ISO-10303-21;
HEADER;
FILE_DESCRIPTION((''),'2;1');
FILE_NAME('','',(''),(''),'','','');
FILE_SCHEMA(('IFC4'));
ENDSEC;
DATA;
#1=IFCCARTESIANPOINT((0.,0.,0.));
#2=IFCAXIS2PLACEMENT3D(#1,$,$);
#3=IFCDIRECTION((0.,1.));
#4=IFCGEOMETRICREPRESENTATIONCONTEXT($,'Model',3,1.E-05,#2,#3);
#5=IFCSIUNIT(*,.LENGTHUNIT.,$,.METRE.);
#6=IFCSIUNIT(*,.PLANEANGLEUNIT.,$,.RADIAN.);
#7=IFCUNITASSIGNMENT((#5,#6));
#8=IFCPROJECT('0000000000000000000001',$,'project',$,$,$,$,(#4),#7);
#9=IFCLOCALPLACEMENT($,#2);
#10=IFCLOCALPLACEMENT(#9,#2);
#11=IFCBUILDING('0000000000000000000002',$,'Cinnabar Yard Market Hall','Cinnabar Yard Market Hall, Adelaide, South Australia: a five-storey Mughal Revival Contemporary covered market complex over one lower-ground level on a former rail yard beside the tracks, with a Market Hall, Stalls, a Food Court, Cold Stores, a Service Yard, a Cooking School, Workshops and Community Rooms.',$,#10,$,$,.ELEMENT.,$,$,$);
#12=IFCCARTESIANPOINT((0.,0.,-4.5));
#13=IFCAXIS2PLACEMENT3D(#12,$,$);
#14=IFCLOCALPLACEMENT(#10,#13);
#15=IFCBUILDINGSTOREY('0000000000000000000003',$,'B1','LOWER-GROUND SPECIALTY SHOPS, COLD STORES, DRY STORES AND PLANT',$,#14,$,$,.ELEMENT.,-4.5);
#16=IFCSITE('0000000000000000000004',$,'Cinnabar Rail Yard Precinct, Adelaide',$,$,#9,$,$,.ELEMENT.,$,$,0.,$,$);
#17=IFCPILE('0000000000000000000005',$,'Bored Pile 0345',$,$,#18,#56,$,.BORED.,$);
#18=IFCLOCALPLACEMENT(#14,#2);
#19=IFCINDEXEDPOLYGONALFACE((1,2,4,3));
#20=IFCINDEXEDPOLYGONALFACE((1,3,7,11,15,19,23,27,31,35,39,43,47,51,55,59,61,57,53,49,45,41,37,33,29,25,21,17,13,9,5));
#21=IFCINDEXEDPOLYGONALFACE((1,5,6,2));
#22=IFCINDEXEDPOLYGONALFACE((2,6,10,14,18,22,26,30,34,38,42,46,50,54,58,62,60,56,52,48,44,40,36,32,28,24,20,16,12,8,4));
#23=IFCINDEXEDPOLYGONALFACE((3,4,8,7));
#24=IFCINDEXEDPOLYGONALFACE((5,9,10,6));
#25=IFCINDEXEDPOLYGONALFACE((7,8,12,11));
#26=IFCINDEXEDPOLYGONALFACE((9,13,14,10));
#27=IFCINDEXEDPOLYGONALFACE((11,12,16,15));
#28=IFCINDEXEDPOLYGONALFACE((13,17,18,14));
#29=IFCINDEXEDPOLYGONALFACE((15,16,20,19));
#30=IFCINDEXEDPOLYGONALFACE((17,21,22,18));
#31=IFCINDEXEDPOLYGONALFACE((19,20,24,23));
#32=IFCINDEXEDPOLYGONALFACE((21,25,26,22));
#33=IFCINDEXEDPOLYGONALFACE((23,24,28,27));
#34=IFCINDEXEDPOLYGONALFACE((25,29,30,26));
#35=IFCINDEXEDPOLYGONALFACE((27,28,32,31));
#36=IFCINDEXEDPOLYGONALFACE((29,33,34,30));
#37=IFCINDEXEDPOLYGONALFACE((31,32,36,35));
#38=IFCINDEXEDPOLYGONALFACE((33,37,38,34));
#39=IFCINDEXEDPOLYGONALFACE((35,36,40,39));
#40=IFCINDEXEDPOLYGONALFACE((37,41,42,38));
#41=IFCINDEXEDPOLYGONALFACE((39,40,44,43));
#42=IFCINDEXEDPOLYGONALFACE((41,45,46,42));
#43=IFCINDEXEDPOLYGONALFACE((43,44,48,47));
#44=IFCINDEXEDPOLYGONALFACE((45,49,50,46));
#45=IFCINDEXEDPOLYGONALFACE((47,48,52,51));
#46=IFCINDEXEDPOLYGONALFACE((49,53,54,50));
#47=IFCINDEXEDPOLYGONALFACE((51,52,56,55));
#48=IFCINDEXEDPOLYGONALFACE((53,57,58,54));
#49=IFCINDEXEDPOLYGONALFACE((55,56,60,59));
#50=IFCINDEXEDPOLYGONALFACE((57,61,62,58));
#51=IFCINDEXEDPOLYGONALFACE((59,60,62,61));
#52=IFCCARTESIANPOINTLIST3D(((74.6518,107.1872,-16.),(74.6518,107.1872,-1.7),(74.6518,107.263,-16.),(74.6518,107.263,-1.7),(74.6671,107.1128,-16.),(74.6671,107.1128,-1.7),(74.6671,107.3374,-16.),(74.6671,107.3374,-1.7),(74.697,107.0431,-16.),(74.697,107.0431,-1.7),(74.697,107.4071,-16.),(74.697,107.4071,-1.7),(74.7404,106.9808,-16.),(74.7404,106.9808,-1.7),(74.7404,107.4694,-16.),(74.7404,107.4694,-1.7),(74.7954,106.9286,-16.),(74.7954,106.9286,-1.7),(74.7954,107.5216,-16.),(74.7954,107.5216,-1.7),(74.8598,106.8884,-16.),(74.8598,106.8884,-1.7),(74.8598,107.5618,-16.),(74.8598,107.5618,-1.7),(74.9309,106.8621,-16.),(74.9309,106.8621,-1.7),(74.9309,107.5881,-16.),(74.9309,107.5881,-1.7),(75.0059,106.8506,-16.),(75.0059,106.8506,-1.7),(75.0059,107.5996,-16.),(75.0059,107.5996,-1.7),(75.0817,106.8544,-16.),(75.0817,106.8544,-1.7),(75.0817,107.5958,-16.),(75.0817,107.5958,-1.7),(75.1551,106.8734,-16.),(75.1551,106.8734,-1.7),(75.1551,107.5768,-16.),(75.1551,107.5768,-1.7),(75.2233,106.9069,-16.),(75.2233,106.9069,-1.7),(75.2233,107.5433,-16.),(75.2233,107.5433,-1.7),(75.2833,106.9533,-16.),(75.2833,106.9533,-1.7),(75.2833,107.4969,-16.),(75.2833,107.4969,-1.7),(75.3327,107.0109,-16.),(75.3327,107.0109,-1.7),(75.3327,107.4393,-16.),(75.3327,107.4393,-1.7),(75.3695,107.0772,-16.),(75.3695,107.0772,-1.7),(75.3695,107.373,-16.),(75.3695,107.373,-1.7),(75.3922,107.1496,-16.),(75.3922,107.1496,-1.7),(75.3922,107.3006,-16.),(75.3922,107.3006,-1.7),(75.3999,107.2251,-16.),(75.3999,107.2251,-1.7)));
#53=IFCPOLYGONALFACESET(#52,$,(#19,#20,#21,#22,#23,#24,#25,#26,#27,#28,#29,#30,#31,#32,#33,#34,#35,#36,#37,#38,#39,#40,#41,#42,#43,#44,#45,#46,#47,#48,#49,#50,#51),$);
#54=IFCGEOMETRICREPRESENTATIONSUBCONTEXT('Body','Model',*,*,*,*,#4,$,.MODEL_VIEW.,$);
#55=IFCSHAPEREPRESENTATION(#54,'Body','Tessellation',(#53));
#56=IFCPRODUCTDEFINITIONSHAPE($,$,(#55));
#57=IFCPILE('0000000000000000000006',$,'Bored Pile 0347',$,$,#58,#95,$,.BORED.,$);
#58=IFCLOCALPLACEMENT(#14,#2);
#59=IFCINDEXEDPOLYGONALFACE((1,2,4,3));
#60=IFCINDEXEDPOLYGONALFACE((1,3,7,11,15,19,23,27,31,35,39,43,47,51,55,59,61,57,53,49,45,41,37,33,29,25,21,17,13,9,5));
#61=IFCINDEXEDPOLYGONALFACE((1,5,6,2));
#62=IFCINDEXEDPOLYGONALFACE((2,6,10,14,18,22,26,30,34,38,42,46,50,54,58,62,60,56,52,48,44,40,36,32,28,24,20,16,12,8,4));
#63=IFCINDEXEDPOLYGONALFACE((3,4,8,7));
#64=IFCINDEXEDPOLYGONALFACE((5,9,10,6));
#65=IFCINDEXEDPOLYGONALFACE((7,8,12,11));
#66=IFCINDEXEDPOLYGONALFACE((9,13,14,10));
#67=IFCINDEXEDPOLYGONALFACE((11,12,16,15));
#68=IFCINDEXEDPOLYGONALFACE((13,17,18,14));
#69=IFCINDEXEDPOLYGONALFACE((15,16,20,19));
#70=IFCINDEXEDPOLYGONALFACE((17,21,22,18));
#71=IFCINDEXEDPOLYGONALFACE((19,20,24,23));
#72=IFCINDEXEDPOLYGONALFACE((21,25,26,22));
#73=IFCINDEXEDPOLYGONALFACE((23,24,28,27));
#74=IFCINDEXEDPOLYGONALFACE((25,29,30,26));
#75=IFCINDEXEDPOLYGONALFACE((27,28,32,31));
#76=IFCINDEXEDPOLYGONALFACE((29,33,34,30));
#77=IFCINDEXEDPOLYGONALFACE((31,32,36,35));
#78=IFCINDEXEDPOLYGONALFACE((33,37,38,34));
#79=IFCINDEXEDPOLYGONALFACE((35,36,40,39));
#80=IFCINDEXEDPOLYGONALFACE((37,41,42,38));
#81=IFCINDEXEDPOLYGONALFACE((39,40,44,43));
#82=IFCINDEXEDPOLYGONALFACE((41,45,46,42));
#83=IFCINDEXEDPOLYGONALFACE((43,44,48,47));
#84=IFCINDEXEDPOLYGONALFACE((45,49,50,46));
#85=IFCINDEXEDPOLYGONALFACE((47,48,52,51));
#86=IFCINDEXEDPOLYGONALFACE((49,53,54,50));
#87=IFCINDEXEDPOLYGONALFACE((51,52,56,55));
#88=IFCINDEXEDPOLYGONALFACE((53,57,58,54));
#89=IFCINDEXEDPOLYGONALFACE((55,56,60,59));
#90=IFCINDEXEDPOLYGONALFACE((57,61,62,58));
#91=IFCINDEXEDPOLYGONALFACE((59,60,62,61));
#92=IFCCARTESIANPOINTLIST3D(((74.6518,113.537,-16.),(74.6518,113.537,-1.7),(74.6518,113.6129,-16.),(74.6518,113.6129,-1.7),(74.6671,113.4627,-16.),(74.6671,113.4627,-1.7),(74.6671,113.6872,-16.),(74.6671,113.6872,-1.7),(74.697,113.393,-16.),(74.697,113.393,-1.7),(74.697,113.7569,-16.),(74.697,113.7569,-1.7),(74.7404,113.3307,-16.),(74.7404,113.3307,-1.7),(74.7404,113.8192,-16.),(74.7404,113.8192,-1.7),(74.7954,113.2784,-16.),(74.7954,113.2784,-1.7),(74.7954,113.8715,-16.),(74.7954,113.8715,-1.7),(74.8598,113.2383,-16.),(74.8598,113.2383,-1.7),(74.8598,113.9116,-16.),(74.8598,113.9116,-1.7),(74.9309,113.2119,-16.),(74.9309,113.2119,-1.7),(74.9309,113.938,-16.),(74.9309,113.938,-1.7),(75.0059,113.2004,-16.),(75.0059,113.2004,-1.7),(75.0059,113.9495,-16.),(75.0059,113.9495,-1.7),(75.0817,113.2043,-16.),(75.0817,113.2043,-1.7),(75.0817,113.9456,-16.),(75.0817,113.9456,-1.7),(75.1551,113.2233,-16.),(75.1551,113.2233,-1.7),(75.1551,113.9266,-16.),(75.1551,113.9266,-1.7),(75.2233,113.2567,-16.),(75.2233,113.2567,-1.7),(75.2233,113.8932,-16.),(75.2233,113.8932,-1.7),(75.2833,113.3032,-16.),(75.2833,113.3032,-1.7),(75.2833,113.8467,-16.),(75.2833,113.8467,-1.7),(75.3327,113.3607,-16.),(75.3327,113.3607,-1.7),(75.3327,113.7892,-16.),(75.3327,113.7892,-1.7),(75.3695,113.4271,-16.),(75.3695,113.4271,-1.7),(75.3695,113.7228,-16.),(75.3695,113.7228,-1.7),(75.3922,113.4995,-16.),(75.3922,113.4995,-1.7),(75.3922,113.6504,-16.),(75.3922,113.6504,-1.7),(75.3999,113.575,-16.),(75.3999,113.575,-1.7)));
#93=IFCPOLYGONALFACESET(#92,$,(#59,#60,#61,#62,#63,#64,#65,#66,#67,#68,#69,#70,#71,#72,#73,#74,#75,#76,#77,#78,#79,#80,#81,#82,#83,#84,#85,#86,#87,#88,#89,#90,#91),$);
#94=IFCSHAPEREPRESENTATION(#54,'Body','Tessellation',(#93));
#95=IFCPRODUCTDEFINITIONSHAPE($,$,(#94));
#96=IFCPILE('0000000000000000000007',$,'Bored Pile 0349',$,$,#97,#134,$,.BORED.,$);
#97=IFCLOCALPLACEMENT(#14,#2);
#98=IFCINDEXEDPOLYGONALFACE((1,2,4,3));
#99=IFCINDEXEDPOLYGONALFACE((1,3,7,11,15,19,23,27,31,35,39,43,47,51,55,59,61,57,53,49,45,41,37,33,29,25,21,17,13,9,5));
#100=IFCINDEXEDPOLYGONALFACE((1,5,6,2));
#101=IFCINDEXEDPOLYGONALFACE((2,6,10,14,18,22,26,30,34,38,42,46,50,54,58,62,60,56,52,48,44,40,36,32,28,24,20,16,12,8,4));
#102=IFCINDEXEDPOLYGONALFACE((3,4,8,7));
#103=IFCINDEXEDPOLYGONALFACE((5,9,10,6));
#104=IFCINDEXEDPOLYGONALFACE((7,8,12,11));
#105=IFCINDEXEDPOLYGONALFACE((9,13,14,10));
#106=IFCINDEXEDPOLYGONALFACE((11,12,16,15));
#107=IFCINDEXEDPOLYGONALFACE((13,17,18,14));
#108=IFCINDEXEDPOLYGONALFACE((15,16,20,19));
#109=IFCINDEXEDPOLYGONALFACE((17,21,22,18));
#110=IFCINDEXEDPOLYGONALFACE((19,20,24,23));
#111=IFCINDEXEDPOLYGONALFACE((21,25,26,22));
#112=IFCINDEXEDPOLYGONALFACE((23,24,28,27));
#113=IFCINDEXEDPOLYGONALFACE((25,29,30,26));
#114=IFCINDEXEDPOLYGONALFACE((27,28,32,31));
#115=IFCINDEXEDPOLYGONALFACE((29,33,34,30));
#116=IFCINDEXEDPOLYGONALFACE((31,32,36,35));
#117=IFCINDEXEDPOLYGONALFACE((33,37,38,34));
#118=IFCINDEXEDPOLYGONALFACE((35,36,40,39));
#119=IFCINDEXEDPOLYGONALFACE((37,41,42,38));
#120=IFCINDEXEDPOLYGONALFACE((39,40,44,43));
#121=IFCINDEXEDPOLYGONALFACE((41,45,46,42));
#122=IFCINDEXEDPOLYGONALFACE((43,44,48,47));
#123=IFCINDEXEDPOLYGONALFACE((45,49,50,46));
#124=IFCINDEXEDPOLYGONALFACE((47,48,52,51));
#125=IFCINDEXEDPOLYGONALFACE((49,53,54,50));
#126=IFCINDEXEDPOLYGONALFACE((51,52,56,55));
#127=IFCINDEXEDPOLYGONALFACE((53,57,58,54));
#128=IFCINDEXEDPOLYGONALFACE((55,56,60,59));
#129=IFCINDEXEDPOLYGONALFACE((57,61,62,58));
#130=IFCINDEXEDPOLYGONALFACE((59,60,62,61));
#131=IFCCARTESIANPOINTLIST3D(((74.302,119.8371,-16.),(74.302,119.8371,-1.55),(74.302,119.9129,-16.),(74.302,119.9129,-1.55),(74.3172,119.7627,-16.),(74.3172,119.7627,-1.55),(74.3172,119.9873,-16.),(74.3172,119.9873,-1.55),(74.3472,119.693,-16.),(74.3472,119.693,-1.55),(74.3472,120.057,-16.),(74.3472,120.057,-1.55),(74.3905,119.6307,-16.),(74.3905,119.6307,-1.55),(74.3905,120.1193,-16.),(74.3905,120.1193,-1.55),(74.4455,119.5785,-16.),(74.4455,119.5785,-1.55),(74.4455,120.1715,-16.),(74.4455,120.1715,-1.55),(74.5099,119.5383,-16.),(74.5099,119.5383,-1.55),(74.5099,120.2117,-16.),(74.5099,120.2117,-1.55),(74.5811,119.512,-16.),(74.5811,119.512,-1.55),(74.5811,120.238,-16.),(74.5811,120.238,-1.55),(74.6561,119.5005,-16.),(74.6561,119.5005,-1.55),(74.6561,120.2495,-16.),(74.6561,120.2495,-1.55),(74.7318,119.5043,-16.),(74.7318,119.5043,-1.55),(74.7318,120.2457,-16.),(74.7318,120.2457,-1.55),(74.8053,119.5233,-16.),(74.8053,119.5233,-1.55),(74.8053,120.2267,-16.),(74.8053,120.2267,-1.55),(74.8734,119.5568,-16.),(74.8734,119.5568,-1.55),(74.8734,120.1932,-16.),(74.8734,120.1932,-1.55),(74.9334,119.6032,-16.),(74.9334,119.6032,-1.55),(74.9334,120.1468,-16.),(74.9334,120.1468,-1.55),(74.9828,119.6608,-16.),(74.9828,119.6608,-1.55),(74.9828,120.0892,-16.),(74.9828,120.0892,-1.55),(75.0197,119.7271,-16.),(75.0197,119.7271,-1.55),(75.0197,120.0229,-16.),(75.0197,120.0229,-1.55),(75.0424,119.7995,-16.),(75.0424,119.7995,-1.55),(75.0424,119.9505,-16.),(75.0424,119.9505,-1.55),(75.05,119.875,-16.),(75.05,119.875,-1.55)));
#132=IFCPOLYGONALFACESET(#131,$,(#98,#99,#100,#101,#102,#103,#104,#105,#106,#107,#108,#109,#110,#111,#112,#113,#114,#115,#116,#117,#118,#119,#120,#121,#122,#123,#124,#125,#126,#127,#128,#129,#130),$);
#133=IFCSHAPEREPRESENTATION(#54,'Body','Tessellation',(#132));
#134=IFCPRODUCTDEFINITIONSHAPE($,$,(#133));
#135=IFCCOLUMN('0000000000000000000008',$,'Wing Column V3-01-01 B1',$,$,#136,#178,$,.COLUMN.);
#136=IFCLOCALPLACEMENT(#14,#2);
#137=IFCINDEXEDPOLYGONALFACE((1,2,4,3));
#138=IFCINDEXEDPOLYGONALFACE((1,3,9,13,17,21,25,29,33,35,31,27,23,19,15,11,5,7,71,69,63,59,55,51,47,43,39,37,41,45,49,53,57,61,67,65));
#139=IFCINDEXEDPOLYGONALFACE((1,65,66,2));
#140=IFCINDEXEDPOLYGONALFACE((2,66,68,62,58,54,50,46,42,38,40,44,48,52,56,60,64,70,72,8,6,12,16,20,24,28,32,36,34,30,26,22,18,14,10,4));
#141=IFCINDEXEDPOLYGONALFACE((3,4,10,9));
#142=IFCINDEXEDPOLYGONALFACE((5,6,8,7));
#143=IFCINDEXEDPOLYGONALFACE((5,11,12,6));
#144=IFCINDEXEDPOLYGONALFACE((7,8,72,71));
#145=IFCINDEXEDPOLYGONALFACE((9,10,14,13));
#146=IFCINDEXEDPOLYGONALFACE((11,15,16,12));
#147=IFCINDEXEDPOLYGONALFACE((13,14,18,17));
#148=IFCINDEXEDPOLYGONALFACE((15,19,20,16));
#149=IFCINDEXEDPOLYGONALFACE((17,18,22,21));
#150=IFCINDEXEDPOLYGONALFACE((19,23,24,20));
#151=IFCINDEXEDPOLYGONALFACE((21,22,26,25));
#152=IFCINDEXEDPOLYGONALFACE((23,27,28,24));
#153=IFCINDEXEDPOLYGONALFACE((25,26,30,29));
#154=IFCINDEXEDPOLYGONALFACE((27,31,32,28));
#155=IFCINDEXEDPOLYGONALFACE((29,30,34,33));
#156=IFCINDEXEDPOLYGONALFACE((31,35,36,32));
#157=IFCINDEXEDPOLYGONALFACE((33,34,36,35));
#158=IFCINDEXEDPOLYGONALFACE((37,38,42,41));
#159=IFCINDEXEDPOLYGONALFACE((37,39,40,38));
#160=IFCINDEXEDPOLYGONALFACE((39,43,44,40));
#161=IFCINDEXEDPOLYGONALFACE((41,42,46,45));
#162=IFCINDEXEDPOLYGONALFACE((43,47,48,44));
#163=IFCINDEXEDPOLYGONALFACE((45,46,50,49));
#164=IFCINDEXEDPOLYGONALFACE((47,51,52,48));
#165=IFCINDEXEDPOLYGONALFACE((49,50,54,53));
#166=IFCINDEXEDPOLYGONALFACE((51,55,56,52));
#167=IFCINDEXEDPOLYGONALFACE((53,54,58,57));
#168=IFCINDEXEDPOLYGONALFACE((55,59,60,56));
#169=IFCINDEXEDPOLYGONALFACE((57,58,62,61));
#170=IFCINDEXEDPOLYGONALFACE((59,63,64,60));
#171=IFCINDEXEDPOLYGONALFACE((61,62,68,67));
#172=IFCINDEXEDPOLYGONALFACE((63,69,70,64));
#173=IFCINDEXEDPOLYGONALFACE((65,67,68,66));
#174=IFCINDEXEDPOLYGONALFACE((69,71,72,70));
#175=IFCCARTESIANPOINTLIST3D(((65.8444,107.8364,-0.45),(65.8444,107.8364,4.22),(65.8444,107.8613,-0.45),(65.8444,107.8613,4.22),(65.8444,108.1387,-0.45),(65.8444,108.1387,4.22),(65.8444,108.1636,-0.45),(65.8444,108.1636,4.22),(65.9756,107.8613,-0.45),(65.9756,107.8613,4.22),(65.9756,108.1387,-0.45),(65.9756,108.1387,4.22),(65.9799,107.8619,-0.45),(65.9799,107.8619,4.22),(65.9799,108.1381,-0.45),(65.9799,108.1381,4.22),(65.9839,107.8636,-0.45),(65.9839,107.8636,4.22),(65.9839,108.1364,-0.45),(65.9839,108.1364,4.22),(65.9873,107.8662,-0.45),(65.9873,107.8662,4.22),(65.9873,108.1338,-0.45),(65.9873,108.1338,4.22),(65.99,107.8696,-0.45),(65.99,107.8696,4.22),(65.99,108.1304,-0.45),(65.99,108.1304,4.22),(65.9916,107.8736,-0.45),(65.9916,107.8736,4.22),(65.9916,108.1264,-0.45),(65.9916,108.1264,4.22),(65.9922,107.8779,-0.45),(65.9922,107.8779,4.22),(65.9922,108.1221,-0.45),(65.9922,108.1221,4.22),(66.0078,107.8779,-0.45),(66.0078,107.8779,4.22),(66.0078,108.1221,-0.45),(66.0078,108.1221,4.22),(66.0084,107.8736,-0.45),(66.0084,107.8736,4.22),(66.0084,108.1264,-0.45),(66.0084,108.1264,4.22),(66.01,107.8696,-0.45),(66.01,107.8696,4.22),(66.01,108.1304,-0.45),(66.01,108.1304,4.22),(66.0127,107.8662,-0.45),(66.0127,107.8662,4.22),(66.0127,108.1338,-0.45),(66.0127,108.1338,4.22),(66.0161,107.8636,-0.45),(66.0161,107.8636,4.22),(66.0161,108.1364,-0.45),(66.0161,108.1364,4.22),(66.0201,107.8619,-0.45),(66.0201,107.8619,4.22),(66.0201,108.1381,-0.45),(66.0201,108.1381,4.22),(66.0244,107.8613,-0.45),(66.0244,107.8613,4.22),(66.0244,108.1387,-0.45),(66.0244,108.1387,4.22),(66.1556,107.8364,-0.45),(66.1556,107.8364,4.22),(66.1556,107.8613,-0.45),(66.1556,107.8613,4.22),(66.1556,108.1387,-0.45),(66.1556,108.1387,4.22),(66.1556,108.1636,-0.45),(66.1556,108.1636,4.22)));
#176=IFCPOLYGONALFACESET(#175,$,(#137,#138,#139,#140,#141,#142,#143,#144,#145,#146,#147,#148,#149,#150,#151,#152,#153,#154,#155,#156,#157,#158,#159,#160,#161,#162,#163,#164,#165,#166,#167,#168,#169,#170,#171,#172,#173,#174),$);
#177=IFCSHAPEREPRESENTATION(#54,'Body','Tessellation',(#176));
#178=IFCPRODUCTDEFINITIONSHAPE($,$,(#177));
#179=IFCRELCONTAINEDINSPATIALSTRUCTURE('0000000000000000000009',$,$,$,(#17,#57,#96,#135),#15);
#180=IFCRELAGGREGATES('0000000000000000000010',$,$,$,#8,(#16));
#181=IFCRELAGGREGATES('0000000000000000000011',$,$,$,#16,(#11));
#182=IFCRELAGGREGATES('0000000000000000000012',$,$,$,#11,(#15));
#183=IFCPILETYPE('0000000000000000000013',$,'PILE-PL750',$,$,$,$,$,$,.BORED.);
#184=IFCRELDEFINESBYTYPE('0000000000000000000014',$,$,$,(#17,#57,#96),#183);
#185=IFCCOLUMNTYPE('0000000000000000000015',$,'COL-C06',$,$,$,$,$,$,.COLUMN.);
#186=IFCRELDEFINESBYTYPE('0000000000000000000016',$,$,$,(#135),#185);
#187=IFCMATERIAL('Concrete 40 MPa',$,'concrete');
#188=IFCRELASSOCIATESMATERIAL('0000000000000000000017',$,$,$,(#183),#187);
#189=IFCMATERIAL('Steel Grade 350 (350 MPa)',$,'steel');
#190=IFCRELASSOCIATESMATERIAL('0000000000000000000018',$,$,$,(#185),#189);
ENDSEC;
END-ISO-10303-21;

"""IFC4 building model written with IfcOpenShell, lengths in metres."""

from ifc_helpers import new_model, si_unit, direction, frame, origin, origin_2d_with_axis, place, context, subcontext, project, spatial, circle, i_section, extrude, material, material_profile, profile_set, type_object, element, save


model = new_model("IFC4")

# Units and contexts
model_context = context("Model", 3, precision=1e-05, world=origin(), true_north=direction((0.0, 1.0)))
body_context = subcontext(model_context, "Body", "Model", "MODEL_VIEW")
ifc_project = project(units=[si_unit("LENGTHUNIT", "METRE"), si_unit("PLANEANGLEUNIT", "RADIAN")], contexts=[model_context])

# Site, building, storey
site_placement = place(None, origin())
site = spatial("IfcSite", under=ifc_project, at=site_placement, Name="Cinnabar Rail Yard Precinct, Adelaide", CompositionType="ELEMENT", RefElevation=0.0)
building_placement = place(site_placement, origin())
building = spatial("IfcBuilding", under=site, at=building_placement, Name="Cinnabar Yard Market Hall", Description="Cinnabar Yard Market Hall, Adelaide, South Australia: a five-storey Mughal Revival Contemporary covered market complex over one lower-ground level on a former rail yard beside the tracks, with a Market Hall, Stalls, a Food Court, Cold Stores, a Service Yard, a Cooking School, Workshops and Community Rooms.", CompositionType="ELEMENT")
storey_placement = place(building_placement, frame((0.0, 0.0, -4.5)))
storey = spatial("IfcBuildingStorey", under=building, at=storey_placement, Name="B1", Description="LOWER-GROUND SPECIALTY SHOPS, COLD STORES, DRY STORES AND PLANT", CompositionType="ELEMENT", Elevation=-4.5)

# Shared definitions
ifc_material_1 = material(Name="Concrete 40 MPa", Category="concrete")

# Piles
ifc_material_profile_1 = material_profile(ifc_material_1, circle(Radius=0.375, at=origin_2d_with_axis()), Name="PILE-D750")
ifc_profile_set_1 = profile_set([ifc_material_profile_1], Name="Concrete 40 MPa")
pile_type = type_object("IfcPileType", Name="PILE-PL750", PredefinedType="BORED", material=ifc_profile_set_1)
for number, where, z_axis, x_axis, name in (
    (1, (75.0249, 107.2251, -1.7), (0.0, 0.0, -1.0), (1.0, 0.0, 0.0), "Bored Pile 0345"),
    (2, (75.0249, 113.575, -1.7), (0.0, 0.0, -1.0), (1.0, 0.0, 0.0), "Bored Pile 0347"),
):
    element("IfcPile", number, at=place(storey_placement, frame(where, z_axis=z_axis, x_axis=x_axis)), inside=storey, type_object=pile_type, Name=name, PredefinedType="BORED", context=body_context, shape_type="SweptSolid", body=[
        extrude(circle(Radius=0.375, at=origin_2d_with_axis()), origin(), (0.0, 0.0, 1.0), 14.3),
    ])
pile_placement = place(storey_placement, frame((74.675, 119.875, -1.55), z_axis=(0.0, 0.0, -1.0), x_axis=(1.0, 0.0, 0.0)))
element("IfcPile", 3, at=pile_placement, inside=storey, type_object=pile_type, Name="Bored Pile 0349", PredefinedType="BORED", context=body_context, shape_type="SweptSolid", body=[
    extrude(circle(Radius=0.375, at=origin_2d_with_axis()), origin(), (0.0, 0.0, 1.0), 14.45),
])

# Column
ifc_material_2 = material(Name="Steel Grade 350 (350 MPa)", Category="steel")
ifc_material_profile_2 = material_profile(ifc_material_2, i_section(OverallWidth=0.3113, OverallDepth=0.3271, WebThickness=0.0156, FlangeThickness=0.0249, FilletRadius=0.0166, at=origin_2d_with_axis()), Name="310UC158")
ifc_profile_set_2 = profile_set([ifc_material_profile_2], Name="Steel Grade 350 (350 MPa)")
column_type_1 = type_object("IfcColumnType", Name="COL-C06", PredefinedType="COLUMN", material=ifc_profile_set_2)
column_1_placement = place(storey_placement, frame((66.0, 108.0, -0.45), z_axis=(0.0, 0.0, 1.0), x_axis=(1.0, 0.0, 0.0)))
element("IfcColumn", 4, at=column_1_placement, inside=storey, type_object=column_type_1, Name="Wing Column V3-01-01 B1", PredefinedType="COLUMN", context=body_context, shape_type="SweptSolid", body=[
    extrude(i_section(OverallWidth=0.3113, OverallDepth=0.3271, WebThickness=0.0156, FlangeThickness=0.0249, FilletRadius=0.0166, at=origin_2d_with_axis()), origin(), (0.0, 0.0, 1.0), 4.6699),
])

save(model, "model.ifc")
